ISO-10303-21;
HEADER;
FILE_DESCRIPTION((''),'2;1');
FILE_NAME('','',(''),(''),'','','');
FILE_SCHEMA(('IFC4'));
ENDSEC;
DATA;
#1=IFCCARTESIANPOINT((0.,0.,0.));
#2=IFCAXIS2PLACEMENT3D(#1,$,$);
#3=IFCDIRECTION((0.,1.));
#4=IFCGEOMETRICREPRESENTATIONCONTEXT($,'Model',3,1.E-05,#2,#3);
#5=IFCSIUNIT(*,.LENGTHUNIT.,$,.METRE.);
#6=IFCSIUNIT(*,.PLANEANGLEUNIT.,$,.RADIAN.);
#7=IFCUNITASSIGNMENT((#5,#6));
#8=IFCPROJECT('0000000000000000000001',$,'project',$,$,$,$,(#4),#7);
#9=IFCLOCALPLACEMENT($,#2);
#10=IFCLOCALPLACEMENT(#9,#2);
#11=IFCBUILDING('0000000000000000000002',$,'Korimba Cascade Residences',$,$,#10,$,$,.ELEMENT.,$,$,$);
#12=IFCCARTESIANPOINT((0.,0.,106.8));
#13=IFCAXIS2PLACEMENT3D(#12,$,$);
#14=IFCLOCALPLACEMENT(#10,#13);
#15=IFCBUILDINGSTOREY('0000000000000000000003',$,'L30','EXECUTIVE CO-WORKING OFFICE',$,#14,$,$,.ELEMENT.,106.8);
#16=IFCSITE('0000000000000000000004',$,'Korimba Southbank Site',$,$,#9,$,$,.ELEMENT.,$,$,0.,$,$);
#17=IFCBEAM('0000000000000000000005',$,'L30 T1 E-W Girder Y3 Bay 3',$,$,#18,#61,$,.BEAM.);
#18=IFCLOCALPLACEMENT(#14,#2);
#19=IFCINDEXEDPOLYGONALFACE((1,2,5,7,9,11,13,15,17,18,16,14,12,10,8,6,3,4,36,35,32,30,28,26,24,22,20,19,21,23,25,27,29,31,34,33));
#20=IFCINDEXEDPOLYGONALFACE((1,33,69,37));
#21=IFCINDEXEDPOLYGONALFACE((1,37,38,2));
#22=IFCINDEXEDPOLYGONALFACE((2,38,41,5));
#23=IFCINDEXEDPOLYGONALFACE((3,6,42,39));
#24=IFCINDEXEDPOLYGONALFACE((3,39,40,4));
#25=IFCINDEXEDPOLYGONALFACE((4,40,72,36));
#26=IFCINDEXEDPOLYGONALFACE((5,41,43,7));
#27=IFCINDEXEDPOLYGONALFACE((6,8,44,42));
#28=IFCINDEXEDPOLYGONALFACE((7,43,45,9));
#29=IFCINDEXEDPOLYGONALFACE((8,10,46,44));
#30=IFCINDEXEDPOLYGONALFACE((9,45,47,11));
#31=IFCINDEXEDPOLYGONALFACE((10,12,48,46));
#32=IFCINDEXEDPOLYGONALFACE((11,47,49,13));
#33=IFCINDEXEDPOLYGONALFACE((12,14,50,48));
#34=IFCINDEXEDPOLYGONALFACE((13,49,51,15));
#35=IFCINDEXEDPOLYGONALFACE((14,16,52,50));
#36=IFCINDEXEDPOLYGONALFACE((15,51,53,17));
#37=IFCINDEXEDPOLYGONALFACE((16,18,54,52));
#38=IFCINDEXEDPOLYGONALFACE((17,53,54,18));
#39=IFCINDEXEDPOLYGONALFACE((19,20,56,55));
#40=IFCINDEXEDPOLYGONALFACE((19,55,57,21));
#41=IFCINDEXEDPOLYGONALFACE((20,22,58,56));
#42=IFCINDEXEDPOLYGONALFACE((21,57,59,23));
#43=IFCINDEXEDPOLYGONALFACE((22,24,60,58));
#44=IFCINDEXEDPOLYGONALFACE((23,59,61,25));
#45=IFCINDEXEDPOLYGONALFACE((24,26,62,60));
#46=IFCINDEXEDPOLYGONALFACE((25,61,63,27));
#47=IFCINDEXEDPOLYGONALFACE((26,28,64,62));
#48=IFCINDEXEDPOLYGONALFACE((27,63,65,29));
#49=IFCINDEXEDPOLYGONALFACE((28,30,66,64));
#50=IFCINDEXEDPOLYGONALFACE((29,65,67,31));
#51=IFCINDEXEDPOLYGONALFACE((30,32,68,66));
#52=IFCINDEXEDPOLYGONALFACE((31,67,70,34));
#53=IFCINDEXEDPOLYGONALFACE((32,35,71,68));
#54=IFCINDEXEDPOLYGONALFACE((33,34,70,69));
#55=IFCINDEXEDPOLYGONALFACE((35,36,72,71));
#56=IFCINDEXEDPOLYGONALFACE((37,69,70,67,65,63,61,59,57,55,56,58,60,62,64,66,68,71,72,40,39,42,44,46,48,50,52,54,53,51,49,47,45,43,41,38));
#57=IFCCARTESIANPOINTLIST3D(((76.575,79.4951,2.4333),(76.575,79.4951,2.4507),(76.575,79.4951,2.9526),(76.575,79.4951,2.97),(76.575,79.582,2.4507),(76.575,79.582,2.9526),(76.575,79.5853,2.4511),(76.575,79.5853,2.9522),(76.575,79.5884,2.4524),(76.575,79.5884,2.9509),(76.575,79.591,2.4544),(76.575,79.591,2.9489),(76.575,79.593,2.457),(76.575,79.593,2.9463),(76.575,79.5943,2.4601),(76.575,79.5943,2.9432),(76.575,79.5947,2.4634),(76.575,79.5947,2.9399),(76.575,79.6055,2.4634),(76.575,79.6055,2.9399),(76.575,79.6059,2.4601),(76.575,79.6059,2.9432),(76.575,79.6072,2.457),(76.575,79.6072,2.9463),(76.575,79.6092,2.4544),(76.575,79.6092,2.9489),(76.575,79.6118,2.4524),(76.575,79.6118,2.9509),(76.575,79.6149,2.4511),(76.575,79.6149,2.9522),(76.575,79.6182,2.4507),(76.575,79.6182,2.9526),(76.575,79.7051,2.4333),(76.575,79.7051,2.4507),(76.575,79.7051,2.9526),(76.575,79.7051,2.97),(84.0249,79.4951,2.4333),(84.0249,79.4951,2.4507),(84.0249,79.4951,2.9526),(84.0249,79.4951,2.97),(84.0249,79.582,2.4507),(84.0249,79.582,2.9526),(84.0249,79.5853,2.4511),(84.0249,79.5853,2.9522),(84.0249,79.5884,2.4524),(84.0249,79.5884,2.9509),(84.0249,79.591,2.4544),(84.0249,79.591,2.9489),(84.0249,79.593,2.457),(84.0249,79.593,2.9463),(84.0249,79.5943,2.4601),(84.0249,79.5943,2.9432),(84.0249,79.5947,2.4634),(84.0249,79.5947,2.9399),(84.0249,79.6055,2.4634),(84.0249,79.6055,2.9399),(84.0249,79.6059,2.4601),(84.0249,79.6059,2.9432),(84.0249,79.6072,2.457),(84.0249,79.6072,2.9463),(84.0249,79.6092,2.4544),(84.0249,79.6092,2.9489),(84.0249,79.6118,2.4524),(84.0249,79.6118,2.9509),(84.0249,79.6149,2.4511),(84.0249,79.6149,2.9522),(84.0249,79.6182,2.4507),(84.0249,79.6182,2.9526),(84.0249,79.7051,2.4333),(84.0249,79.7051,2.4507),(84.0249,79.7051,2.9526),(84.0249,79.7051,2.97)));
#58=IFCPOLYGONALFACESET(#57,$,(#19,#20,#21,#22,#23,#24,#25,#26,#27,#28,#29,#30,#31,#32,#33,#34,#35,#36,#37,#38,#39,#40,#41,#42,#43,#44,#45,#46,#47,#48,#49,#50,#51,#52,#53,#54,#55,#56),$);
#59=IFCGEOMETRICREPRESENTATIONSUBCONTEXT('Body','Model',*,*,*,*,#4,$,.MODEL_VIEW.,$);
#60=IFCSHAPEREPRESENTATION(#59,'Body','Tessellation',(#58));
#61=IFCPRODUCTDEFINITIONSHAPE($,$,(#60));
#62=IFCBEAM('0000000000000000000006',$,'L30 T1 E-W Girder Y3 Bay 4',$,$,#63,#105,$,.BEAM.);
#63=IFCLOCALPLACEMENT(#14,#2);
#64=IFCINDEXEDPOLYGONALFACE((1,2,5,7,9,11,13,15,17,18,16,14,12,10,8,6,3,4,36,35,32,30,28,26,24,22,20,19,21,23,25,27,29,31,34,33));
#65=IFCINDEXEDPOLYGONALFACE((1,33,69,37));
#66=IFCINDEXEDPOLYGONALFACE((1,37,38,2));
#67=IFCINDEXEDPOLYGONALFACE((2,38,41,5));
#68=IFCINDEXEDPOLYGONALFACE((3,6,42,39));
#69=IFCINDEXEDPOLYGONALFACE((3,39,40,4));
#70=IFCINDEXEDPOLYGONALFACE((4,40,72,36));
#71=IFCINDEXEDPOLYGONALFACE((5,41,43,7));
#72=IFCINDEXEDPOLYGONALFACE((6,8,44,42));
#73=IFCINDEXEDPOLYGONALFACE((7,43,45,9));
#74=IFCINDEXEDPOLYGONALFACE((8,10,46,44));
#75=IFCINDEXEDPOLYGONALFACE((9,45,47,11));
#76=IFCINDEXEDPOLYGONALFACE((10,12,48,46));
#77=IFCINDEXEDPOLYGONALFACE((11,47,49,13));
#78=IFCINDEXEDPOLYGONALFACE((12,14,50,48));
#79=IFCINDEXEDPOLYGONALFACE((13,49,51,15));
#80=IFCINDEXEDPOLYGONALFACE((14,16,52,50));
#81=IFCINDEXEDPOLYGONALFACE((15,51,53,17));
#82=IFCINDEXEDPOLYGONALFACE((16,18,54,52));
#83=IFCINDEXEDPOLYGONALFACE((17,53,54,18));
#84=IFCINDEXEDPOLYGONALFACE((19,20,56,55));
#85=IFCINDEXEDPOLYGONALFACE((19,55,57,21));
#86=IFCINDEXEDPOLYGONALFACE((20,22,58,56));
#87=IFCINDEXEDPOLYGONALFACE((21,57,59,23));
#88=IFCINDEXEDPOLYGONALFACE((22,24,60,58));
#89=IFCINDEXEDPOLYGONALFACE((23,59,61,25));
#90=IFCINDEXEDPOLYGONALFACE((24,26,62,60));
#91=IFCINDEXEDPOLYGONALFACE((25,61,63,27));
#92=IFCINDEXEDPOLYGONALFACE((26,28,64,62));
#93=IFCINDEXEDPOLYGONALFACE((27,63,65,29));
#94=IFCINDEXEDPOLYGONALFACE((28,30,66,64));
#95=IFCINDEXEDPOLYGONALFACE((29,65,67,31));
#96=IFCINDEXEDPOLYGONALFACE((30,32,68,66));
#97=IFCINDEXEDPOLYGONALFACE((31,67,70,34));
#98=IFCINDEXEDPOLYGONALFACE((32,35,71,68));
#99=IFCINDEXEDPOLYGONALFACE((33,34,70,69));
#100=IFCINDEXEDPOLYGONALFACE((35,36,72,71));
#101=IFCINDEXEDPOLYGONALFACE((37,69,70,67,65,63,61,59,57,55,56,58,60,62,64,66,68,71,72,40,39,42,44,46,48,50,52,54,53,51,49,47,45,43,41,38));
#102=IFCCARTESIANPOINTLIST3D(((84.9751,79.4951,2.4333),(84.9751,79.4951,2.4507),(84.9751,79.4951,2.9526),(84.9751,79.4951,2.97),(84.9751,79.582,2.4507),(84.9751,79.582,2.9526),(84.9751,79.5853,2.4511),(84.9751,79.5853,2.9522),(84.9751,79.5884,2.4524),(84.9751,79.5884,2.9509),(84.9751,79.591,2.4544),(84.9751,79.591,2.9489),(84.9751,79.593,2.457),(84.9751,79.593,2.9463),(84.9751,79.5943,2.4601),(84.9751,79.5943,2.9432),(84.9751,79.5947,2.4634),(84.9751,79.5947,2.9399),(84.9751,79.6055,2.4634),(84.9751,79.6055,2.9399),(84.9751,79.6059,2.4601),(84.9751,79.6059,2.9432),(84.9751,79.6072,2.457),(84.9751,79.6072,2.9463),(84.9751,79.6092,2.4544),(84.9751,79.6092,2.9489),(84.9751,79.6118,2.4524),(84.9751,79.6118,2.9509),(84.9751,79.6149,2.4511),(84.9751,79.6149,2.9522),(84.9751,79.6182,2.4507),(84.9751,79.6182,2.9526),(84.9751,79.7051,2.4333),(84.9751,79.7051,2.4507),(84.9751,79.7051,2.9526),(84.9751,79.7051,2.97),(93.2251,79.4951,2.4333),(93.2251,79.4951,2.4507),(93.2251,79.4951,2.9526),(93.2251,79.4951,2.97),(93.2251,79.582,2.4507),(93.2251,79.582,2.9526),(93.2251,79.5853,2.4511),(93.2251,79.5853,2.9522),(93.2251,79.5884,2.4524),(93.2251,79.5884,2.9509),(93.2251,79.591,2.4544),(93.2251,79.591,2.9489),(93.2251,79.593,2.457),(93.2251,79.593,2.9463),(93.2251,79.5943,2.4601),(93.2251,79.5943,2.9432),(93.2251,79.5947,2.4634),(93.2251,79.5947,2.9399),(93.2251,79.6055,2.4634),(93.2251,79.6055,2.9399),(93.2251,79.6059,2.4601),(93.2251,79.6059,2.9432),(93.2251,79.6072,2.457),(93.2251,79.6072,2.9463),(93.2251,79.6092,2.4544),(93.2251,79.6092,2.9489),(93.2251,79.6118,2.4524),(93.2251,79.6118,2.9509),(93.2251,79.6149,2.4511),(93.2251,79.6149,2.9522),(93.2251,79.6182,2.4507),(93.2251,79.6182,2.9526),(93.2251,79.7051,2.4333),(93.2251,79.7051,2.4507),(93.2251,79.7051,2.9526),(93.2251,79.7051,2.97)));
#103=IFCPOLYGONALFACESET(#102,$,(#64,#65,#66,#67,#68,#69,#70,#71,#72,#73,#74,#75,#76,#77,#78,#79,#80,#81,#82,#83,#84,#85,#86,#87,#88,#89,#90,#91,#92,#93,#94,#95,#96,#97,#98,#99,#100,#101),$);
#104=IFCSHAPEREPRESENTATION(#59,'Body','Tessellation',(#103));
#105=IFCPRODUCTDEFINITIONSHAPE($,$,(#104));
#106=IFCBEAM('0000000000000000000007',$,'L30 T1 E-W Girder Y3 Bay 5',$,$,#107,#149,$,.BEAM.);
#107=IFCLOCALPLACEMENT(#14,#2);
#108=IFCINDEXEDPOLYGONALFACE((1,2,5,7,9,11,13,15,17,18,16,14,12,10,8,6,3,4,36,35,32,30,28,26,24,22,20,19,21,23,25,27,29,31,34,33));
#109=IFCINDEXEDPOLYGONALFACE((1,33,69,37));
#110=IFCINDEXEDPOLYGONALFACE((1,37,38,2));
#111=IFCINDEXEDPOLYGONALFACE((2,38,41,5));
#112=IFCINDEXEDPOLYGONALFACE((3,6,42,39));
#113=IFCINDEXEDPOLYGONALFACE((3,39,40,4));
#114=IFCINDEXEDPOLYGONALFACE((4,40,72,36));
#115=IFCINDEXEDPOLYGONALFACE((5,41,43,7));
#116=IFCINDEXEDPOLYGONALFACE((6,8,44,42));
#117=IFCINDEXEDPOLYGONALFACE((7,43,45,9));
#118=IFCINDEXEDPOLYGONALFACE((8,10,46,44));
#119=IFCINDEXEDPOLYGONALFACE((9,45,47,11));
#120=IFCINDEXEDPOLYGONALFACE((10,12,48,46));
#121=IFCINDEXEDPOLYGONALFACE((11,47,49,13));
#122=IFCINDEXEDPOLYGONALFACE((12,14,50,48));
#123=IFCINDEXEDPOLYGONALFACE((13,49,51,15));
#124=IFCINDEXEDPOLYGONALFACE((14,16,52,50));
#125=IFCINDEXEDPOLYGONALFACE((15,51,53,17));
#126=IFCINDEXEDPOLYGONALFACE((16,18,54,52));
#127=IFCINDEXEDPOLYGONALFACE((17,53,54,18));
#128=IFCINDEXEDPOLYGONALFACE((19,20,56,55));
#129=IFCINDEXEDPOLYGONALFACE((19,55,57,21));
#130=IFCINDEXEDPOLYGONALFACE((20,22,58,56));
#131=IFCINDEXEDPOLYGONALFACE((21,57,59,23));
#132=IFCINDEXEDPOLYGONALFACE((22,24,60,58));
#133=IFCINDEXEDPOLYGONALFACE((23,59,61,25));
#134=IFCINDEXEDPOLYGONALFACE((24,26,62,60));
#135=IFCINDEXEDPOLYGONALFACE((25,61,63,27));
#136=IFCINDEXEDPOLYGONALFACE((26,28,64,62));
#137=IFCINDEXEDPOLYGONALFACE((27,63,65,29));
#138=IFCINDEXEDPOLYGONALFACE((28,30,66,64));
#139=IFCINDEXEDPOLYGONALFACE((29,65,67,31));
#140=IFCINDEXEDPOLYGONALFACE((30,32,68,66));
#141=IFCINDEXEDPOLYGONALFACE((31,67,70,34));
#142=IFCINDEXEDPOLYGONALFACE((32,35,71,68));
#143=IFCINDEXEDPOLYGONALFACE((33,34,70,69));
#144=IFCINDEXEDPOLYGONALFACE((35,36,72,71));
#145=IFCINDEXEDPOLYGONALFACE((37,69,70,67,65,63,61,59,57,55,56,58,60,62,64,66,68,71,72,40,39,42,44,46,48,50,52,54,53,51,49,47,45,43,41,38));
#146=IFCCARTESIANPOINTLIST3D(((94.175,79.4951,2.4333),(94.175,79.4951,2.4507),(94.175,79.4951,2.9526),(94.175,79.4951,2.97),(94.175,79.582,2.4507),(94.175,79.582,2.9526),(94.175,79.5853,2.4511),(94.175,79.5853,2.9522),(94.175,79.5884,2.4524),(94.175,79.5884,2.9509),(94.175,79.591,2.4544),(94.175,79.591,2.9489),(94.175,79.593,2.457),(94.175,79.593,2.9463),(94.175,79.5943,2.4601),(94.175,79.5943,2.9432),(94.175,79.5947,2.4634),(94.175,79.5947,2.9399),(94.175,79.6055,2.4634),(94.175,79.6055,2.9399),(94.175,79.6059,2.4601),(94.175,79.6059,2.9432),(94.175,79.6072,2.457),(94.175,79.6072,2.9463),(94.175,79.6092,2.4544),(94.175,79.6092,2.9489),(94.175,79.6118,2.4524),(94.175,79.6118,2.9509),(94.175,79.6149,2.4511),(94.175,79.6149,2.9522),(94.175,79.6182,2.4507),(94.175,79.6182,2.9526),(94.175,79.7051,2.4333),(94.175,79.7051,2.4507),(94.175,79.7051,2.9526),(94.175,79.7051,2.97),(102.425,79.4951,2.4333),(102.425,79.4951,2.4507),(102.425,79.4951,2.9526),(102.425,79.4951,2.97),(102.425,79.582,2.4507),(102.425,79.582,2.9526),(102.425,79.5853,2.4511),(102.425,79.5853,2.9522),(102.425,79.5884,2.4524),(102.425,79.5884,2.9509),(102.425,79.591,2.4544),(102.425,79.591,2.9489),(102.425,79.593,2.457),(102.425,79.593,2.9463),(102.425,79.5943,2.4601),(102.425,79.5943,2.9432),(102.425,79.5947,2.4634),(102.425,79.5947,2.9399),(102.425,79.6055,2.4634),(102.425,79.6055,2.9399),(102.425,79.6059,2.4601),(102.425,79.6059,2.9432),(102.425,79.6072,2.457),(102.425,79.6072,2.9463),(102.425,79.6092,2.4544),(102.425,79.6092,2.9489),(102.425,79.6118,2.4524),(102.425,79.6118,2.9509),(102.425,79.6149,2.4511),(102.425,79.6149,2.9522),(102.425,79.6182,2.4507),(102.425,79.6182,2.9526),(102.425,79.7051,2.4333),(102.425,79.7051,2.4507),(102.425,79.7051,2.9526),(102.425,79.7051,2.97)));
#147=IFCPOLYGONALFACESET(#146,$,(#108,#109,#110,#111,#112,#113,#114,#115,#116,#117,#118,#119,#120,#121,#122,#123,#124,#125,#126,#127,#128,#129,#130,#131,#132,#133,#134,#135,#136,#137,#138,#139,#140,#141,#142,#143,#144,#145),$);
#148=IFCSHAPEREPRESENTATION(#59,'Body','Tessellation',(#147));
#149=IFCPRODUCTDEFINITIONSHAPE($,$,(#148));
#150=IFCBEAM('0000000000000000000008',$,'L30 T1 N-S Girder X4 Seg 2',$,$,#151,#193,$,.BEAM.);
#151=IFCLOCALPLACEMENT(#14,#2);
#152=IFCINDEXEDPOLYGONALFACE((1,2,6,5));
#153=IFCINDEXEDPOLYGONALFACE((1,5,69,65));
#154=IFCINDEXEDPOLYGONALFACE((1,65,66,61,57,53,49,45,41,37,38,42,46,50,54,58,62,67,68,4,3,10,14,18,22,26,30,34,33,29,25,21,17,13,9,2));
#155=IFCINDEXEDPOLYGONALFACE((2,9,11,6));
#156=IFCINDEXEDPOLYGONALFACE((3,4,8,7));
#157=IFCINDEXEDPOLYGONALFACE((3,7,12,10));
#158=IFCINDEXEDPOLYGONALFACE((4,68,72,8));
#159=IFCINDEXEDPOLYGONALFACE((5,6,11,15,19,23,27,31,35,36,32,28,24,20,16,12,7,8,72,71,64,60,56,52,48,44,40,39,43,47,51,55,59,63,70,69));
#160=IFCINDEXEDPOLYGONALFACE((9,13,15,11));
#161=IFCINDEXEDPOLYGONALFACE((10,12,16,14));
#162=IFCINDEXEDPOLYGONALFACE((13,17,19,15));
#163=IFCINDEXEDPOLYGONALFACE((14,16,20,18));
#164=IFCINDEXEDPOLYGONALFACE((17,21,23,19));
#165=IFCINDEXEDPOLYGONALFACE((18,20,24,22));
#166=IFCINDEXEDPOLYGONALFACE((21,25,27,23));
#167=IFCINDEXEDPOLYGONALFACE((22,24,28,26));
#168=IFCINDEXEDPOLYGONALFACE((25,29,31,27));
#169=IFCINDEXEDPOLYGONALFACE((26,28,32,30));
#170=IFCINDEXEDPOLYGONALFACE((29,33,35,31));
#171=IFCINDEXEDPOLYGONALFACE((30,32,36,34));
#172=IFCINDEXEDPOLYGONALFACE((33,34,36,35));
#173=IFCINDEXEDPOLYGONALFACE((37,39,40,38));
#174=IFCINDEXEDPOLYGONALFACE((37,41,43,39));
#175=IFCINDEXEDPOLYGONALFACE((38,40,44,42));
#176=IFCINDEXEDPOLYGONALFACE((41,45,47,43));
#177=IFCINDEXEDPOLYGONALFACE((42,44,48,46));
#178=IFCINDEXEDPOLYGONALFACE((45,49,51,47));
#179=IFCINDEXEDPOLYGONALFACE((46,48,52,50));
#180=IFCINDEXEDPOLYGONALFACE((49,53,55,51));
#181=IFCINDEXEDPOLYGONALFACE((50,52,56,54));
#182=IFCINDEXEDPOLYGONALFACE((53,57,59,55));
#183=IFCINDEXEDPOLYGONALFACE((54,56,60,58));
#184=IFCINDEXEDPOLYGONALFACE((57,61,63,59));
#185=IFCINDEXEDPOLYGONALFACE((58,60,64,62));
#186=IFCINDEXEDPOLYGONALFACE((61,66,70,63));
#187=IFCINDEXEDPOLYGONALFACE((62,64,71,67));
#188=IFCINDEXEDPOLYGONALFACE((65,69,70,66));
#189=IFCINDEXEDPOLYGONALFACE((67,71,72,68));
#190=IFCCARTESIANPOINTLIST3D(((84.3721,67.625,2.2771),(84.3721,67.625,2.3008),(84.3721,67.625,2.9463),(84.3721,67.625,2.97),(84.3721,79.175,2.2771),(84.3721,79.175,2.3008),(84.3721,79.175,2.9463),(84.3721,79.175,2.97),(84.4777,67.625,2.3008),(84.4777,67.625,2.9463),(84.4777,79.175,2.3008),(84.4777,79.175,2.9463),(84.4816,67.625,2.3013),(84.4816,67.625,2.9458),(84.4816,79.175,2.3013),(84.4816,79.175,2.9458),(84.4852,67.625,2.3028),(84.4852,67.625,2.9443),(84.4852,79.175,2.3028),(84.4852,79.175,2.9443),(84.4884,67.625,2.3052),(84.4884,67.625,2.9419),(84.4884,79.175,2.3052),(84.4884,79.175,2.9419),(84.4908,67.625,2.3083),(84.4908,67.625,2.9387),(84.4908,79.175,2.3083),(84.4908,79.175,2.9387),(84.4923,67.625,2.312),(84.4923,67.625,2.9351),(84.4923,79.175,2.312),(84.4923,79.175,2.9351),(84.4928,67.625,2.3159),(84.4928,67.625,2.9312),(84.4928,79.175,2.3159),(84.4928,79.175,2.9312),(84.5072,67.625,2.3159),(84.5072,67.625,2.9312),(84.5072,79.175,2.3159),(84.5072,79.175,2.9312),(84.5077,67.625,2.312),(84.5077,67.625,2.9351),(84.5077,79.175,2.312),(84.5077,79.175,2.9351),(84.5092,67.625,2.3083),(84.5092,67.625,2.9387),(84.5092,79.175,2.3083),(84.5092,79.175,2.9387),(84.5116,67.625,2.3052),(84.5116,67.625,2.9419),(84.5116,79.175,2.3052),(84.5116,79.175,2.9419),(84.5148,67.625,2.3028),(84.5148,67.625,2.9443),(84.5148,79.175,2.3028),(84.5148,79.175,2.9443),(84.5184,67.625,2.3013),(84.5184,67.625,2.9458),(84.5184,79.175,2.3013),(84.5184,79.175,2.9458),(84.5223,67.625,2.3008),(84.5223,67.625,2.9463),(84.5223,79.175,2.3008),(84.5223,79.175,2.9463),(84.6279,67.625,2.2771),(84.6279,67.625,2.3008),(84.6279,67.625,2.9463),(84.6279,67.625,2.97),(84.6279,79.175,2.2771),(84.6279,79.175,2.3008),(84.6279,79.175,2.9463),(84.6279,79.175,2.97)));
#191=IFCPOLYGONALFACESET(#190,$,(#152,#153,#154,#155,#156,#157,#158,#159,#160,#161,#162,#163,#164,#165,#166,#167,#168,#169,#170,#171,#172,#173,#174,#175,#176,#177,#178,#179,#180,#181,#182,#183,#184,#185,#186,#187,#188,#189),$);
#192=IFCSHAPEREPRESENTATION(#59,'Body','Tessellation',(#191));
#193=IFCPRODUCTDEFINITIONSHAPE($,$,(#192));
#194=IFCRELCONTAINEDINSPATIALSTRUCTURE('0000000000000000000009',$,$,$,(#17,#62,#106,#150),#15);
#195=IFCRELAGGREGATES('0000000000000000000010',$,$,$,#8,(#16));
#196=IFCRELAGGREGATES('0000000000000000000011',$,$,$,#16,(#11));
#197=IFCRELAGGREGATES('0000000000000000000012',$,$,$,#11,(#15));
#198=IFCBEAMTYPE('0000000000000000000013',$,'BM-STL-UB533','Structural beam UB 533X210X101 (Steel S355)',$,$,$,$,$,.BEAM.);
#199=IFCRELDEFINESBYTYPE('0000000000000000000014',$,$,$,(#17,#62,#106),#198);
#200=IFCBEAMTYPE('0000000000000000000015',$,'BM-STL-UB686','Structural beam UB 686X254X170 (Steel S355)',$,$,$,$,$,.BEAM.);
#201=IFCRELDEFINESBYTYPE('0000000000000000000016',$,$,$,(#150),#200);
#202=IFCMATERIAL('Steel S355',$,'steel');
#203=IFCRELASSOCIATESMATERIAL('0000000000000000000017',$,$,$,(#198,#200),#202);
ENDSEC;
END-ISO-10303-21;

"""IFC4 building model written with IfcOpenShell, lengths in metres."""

from ifc_helpers import new_model, si_unit, direction, frame, origin, origin_2d, place, context, subcontext, project, spatial, i_section, extrude, material, material_profile, profile_set, type_object, element, save


model = new_model("IFC4")

# Units and contexts
model_context = context("Model", 3, precision=1e-05, world=origin(), true_north=direction((0.0, 1.0)))
body_context = subcontext(model_context, "Body", "Model", "MODEL_VIEW")
ifc_project = project(units=[si_unit("LENGTHUNIT", "METRE"), si_unit("PLANEANGLEUNIT", "RADIAN")], contexts=[model_context])

# Site, building, storey
site_placement = place(None, origin())
site = spatial("IfcSite", under=ifc_project, at=site_placement, Name="Korimba Southbank Site", CompositionType="ELEMENT", RefElevation=0.0)
building_placement = place(site_placement, origin())
building = spatial("IfcBuilding", under=site, at=building_placement, Name="Korimba Cascade Residences", CompositionType="ELEMENT")
storey_placement = place(building_placement, frame((0.0, 0.0, 106.8)))
storey = spatial("IfcBuildingStorey", under=building, at=storey_placement, Name="L30", Description="EXECUTIVE CO-WORKING OFFICE", CompositionType="ELEMENT", Elevation=106.8)

# Beams
ifc_material_1 = material(Name="Steel S355", Category="steel")
ifc_material_profile_1 = material_profile(ifc_material_1, i_section(OverallWidth=0.21, OverallDepth=0.5366, WebThickness=0.0107, FlangeThickness=0.0173, FilletRadius=0.0127, at=origin_2d()), Name="Steel S355")
ifc_profile_set_1 = profile_set([ifc_material_profile_1], Name="Steel S355")
beam_type_1 = type_object("IfcBeamType", Name="BM-STL-UB533", Description="Structural beam UB 533X210X101 (Steel S355)", PredefinedType="BEAM", material=ifc_profile_set_1)
beam_1_placement = place(storey_placement, frame((76.575, 79.6001, 2.7017), z_axis=(1.0, 0.0, 0.0), x_axis=(0.0, 1.0, 0.0)))
element("IfcBeam", 1, at=beam_1_placement, inside=storey, type_object=beam_type_1, Name="L30 T1 E-W Girder Y3 Bay 3", PredefinedType="BEAM", context=body_context, shape_type="SweptSolid", body=[
    extrude(i_section(OverallWidth=0.21, OverallDepth=0.5366, WebThickness=0.0107, FlangeThickness=0.0173, FilletRadius=0.0127, at=origin_2d()), origin(), (0.0, 0.0, 1.0), 7.45),
])
for number, where, z_axis, x_axis, name in (
    (2, (84.9751, 79.6001, 2.7017), (1.0, 0.0, 0.0), (0.0, 1.0, 0.0), "L30 T1 E-W Girder Y3 Bay 4"),
    (3, (94.175, 79.6001, 2.7017), (1.0, 0.0, 0.0), (0.0, 1.0, 0.0), "L30 T1 E-W Girder Y3 Bay 5"),
):
    element("IfcBeam", number, at=place(storey_placement, frame(where, z_axis=z_axis, x_axis=x_axis)), inside=storey, type_object=beam_type_1, Name=name, PredefinedType="BEAM", context=body_context, shape_type="SweptSolid", body=[
        extrude(i_section(OverallWidth=0.21, OverallDepth=0.5366, WebThickness=0.0107, FlangeThickness=0.0173, FilletRadius=0.0127, at=origin_2d()), origin(), (0.0, 0.0, 1.0), 8.25),
    ])
ifc_material_profile_2 = material_profile(ifc_material_1, i_section(OverallWidth=0.2559, OverallDepth=0.6929, WebThickness=0.0144, FlangeThickness=0.0237, FilletRadius=0.0151, at=origin_2d()), Name="Steel S355")
ifc_profile_set_2 = profile_set([ifc_material_profile_2], Name="Steel S355")
beam_type_2 = type_object("IfcBeamType", Name="BM-STL-UB686", Description="Structural beam UB 686X254X170 (Steel S355)", PredefinedType="BEAM", material=ifc_profile_set_2)
beam_2_placement = place(storey_placement, frame((84.5, 67.625, 2.6235), z_axis=(0.0, 1.0, 0.0), x_axis=(-1.0, 0.0, 0.0)))
element("IfcBeam", 4, at=beam_2_placement, inside=storey, type_object=beam_type_2, Name="L30 T1 N-S Girder X4 Seg 2", PredefinedType="BEAM", context=body_context, shape_type="SweptSolid", body=[
    extrude(i_section(OverallWidth=0.2559, OverallDepth=0.6929, WebThickness=0.0144, FlangeThickness=0.0237, FilletRadius=0.0151, at=origin_2d()), origin(), (0.0, 0.0, 1.0), 11.55),
])

save(model, "model.ifc")
